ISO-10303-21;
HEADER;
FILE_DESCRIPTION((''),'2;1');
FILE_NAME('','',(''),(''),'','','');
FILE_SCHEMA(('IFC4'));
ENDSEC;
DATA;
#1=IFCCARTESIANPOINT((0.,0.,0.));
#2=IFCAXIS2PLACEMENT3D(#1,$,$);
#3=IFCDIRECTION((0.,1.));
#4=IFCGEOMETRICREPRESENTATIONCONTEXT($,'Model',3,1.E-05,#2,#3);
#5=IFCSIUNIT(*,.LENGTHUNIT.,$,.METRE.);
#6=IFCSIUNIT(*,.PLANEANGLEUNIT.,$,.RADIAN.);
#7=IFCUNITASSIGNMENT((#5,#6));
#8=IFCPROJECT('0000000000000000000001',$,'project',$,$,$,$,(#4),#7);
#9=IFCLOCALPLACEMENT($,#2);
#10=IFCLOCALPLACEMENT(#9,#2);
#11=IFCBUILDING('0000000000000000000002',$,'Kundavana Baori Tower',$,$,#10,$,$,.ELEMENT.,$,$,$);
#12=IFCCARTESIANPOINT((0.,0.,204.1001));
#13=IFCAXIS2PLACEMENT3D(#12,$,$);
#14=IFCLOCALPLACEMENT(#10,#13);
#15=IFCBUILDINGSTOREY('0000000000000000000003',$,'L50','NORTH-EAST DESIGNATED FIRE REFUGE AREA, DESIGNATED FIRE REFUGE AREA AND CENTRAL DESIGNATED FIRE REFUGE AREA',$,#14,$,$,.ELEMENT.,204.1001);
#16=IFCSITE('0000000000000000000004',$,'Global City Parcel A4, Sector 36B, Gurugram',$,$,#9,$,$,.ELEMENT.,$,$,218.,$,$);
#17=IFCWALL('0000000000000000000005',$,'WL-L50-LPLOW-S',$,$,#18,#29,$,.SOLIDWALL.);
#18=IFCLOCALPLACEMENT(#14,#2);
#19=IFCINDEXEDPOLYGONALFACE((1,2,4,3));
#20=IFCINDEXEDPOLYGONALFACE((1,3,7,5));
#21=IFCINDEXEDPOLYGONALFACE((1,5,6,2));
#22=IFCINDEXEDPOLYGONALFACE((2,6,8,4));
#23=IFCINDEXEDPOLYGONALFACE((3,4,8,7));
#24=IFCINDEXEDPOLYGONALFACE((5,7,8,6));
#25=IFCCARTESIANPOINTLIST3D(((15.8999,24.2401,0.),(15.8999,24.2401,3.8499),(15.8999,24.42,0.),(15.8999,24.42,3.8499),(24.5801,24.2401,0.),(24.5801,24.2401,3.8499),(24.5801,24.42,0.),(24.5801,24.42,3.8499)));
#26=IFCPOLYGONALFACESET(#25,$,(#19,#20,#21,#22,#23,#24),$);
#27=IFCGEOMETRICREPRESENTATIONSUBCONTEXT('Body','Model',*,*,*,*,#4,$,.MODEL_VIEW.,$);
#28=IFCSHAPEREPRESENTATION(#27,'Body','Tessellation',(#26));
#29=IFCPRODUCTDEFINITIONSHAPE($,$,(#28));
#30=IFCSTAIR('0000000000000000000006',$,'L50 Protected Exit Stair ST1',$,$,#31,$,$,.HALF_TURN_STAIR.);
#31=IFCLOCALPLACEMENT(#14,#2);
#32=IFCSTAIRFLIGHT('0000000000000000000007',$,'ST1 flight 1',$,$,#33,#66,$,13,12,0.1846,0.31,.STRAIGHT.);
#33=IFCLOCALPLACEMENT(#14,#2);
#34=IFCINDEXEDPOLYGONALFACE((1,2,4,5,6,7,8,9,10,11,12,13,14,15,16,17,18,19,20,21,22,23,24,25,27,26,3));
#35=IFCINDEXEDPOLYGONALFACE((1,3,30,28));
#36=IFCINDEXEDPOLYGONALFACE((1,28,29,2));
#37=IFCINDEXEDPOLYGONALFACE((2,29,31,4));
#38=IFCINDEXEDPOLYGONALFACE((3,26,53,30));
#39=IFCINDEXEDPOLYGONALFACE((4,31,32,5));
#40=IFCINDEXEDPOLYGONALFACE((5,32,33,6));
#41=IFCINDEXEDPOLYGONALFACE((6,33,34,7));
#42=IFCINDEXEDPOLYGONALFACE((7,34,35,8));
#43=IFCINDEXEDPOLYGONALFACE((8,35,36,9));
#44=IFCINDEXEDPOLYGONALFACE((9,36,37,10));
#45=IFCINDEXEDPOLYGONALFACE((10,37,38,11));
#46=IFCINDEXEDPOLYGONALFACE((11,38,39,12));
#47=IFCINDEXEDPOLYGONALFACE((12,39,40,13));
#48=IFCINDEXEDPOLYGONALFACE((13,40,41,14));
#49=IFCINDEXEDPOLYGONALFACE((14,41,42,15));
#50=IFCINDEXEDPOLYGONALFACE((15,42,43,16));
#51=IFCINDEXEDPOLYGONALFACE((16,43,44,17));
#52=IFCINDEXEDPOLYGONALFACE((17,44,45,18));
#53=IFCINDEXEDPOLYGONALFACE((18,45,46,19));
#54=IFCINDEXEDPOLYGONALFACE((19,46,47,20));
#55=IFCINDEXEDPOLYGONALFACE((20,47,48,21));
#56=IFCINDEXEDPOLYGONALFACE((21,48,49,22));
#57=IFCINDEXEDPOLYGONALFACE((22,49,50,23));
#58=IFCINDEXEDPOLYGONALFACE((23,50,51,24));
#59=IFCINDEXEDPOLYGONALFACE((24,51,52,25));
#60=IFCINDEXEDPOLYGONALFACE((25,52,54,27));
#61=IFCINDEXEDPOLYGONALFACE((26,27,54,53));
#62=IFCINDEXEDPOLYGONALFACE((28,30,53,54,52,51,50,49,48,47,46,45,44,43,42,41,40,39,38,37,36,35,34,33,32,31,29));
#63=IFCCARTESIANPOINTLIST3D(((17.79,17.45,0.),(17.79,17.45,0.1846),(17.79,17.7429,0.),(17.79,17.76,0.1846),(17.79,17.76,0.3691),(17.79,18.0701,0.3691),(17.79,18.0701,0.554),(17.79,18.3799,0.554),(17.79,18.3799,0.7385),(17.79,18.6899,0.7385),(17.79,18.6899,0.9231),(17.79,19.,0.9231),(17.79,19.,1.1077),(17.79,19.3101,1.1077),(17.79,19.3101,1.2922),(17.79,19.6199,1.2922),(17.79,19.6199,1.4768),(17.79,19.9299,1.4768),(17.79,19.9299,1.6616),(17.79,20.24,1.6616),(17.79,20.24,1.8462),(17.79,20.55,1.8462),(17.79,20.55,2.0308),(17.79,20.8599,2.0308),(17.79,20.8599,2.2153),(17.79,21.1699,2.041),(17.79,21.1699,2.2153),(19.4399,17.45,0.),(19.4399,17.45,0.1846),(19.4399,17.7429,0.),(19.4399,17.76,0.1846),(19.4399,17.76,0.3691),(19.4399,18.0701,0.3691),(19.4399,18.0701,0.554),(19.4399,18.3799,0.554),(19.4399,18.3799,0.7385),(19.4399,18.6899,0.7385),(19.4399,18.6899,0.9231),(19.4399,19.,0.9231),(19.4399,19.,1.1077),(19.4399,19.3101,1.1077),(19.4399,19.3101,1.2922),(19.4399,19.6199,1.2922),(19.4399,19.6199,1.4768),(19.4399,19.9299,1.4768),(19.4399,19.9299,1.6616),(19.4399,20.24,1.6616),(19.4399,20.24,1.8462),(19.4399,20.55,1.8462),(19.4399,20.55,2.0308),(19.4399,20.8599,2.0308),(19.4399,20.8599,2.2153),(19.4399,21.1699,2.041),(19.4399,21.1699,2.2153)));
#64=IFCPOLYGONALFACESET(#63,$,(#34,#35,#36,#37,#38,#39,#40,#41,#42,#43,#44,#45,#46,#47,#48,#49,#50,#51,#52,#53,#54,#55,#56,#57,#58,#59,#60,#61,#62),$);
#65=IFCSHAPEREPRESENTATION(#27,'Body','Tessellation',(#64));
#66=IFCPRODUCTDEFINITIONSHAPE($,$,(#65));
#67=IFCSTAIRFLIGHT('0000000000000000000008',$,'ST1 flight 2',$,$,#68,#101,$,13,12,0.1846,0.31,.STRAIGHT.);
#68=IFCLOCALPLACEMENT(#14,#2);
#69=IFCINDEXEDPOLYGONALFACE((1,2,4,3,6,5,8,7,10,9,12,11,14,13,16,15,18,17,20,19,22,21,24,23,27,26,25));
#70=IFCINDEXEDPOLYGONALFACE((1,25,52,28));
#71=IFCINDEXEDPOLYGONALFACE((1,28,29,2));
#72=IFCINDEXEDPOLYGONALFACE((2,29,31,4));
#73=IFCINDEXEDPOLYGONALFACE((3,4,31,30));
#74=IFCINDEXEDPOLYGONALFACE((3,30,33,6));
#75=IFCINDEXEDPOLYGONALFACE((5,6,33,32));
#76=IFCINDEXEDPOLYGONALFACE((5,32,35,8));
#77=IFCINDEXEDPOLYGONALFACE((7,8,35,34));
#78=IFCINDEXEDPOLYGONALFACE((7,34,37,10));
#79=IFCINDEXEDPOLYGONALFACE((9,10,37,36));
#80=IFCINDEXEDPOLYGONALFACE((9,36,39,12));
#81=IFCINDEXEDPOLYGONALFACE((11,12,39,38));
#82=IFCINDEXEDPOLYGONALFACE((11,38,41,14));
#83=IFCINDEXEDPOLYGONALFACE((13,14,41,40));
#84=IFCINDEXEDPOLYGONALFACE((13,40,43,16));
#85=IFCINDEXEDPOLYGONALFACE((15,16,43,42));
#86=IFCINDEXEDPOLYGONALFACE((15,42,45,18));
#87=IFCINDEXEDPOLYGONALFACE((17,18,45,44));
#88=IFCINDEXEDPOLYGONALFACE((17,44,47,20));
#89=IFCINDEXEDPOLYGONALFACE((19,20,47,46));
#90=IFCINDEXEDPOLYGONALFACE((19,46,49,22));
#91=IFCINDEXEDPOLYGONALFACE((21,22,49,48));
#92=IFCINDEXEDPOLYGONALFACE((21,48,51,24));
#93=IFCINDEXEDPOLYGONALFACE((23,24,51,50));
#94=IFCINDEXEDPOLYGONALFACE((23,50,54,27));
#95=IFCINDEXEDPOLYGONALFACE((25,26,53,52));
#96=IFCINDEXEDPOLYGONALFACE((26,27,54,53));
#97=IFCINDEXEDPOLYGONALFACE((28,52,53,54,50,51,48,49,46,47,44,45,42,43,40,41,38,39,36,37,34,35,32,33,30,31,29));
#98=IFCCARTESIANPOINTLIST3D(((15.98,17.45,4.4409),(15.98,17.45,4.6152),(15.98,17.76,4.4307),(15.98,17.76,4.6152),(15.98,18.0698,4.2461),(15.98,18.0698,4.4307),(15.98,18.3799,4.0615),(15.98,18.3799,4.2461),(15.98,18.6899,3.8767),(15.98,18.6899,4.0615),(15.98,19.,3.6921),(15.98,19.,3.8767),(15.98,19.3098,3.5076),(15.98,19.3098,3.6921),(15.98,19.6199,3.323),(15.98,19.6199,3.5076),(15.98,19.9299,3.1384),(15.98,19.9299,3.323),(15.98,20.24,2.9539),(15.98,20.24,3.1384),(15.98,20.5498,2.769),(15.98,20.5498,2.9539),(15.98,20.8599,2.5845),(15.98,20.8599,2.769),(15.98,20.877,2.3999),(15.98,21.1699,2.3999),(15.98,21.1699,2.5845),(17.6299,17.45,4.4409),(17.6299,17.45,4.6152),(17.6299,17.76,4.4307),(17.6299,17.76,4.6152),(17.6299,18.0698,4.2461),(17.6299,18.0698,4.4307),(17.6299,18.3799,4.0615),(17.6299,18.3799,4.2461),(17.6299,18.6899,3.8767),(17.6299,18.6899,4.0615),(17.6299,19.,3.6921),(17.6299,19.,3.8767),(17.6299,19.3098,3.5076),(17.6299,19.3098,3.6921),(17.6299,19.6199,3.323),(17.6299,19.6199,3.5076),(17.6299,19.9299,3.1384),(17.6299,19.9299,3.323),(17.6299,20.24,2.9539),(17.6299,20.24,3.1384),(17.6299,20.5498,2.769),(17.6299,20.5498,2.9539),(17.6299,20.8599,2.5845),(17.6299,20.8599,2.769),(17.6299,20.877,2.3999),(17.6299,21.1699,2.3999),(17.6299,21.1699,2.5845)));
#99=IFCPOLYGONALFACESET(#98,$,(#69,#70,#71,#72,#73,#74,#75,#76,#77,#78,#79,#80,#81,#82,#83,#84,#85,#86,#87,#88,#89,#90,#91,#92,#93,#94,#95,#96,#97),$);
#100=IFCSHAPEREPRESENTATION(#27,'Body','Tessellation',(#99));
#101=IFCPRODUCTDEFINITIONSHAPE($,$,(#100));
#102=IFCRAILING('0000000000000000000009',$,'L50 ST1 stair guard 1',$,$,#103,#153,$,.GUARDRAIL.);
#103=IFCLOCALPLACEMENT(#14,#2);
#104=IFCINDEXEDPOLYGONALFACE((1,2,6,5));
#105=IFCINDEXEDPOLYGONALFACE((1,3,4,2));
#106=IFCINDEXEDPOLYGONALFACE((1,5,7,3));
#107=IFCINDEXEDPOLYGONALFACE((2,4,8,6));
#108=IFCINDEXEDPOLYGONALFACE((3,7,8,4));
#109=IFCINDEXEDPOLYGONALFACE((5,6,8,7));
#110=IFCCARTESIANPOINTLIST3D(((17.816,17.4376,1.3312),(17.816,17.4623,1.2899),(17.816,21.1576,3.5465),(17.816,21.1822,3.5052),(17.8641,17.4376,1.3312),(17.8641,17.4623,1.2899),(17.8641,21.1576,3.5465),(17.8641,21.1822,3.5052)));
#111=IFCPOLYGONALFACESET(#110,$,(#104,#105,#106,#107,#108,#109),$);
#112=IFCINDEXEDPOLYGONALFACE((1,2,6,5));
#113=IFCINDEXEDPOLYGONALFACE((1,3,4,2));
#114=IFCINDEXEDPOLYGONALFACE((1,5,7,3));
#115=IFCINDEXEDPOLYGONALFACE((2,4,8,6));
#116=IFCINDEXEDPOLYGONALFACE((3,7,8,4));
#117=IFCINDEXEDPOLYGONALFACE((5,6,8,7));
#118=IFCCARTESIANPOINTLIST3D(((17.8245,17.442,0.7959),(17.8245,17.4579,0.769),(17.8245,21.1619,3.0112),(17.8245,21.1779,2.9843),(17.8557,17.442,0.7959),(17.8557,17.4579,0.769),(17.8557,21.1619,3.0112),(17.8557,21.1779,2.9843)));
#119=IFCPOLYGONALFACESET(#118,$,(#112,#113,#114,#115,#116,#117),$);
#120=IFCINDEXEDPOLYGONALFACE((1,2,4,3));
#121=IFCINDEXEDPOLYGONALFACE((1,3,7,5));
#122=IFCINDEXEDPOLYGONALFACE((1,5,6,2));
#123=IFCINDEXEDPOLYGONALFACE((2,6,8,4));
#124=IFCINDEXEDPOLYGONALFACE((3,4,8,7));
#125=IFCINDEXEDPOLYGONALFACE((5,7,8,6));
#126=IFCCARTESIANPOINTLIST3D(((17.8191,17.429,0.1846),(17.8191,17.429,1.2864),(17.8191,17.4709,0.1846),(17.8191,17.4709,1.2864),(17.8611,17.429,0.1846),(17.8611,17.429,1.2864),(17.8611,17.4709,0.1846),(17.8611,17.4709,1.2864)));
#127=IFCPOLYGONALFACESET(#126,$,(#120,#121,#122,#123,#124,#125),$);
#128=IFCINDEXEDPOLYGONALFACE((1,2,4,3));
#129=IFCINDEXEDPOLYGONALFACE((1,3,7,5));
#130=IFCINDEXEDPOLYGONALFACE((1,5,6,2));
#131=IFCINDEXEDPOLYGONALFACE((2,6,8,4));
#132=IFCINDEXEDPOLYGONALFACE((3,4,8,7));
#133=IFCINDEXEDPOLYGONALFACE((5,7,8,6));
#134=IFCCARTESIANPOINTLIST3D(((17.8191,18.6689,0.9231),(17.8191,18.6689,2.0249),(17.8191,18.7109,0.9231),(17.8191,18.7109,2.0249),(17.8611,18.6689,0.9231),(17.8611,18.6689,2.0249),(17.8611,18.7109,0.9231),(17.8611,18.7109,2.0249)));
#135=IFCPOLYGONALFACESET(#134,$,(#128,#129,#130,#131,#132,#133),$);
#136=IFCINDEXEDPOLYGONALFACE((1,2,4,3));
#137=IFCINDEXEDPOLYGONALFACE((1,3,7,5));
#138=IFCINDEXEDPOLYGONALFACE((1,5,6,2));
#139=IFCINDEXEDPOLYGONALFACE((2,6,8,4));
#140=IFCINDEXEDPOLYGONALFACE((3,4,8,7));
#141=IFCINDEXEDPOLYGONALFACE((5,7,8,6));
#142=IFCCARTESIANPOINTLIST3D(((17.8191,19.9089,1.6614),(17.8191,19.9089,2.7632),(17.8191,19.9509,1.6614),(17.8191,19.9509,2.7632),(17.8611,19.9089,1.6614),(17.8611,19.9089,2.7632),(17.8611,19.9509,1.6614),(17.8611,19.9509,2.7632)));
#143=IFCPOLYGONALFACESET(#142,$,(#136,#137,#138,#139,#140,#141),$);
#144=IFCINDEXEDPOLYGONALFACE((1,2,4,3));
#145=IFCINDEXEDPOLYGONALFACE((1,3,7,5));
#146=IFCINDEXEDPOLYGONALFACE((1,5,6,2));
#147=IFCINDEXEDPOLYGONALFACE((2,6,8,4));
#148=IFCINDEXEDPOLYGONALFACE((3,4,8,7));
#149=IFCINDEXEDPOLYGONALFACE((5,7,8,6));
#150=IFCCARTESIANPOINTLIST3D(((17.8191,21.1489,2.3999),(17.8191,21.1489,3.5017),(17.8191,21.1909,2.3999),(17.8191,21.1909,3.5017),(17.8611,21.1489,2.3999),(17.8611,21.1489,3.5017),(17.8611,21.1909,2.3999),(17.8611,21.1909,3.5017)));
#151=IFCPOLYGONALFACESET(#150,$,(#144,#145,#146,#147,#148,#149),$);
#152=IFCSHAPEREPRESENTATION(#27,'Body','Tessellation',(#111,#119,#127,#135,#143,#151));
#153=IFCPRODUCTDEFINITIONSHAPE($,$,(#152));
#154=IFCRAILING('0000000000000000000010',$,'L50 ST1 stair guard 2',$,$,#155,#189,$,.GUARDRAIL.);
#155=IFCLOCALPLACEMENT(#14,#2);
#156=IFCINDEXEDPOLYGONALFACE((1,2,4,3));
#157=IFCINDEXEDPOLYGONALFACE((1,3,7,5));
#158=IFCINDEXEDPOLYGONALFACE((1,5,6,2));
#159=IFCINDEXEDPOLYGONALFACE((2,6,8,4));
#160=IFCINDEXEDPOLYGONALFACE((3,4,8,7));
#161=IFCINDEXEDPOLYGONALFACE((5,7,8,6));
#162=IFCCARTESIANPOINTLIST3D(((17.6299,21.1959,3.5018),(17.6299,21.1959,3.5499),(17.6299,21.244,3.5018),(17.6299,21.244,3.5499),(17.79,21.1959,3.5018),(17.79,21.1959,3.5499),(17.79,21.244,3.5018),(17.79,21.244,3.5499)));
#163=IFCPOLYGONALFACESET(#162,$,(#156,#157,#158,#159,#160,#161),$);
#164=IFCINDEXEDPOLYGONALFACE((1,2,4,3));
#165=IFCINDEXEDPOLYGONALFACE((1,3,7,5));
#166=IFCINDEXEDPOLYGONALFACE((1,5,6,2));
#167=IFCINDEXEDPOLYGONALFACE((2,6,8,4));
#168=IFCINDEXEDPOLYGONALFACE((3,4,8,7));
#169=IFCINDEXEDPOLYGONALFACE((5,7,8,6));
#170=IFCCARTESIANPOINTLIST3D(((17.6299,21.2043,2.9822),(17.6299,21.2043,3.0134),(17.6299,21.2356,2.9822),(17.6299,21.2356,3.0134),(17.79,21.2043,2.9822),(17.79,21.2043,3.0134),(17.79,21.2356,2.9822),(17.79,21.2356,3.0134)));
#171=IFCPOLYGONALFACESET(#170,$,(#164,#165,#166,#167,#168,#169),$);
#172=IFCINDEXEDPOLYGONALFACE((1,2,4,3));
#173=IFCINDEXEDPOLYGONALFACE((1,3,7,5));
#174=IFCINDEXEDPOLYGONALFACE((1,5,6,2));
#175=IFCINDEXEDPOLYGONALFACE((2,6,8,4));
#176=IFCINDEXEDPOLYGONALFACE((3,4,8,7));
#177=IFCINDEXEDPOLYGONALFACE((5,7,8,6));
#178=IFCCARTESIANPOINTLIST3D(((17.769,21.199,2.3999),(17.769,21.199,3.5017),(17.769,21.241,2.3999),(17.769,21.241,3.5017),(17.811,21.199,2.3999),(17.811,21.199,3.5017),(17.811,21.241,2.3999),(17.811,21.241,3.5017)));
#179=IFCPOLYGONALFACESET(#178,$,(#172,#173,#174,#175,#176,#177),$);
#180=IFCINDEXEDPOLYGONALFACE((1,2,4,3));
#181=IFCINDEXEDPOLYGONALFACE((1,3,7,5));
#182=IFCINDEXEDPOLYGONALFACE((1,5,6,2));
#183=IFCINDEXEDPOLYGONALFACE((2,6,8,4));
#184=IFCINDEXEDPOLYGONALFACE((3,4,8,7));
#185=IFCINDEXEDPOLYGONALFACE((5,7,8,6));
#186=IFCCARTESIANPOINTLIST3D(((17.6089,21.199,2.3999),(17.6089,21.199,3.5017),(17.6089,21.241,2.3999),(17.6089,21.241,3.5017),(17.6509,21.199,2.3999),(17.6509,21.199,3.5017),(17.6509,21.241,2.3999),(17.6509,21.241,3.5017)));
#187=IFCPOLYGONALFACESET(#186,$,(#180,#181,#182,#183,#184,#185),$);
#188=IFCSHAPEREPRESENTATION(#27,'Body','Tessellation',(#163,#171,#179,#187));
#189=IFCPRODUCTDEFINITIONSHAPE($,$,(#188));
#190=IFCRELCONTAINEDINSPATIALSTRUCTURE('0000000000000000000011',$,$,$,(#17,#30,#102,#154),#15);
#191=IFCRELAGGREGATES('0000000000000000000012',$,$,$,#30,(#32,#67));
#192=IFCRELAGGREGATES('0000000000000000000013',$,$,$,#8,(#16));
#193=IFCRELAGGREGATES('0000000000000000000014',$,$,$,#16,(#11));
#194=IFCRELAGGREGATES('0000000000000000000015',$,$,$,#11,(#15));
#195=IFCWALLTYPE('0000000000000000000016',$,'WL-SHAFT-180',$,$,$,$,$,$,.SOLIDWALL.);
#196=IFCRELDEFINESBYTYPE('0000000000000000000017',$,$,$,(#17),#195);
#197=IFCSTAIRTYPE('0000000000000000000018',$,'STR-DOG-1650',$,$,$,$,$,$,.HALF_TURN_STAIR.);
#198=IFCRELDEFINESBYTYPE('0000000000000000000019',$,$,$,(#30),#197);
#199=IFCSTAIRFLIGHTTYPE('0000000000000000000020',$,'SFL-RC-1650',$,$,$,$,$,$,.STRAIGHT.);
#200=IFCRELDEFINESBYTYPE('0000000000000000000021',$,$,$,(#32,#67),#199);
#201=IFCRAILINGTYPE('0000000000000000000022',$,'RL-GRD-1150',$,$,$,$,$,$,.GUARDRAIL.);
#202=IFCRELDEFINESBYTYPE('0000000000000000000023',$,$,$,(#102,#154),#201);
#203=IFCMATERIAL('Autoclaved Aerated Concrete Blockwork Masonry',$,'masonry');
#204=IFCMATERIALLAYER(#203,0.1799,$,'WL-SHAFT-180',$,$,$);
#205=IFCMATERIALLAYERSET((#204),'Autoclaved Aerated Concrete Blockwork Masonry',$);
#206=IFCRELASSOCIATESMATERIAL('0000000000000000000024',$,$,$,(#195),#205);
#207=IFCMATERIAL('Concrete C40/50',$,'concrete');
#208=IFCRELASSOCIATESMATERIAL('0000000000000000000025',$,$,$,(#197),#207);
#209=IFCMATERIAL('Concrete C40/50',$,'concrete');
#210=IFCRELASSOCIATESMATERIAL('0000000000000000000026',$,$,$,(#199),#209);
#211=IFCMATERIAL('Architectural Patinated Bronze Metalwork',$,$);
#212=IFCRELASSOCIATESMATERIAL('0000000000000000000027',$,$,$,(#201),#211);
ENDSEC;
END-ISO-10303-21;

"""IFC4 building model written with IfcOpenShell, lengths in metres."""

from ifc_helpers import new_model, si_unit, direction, frame, frame_2d, origin, origin_2d, place, context, subcontext, project, spatial, polyline, rectangle, outline, extrude, material, layer, layer_set, type_object, element, aggregate, save


model = new_model("IFC4")

# Units and contexts
model_context = context("Model", 3, precision=1e-05, world=origin(), true_north=direction((0.0, 1.0)))
body_context = subcontext(model_context, "Body", "Model", "MODEL_VIEW")
ifc_project = project(units=[si_unit("LENGTHUNIT", "METRE"), si_unit("PLANEANGLEUNIT", "RADIAN")], contexts=[model_context])

# Site, building, storey
site_placement = place(None, origin())
site = spatial("IfcSite", under=ifc_project, at=site_placement, Name="Global City Parcel A4, Sector 36B, Gurugram", CompositionType="ELEMENT", RefElevation=218.0)
building_placement = place(site_placement, origin())
building = spatial("IfcBuilding", under=site, at=building_placement, Name="Kundavana Baori Tower", CompositionType="ELEMENT")
storey_placement = place(building_placement, frame((0.0, 0.0, 204.1001)))
storey = spatial("IfcBuildingStorey", under=building, at=storey_placement, Name="L50", Description="NORTH-EAST DESIGNATED FIRE REFUGE AREA, DESIGNATED FIRE REFUGE AREA AND CENTRAL DESIGNATED FIRE REFUGE AREA", CompositionType="ELEMENT", Elevation=204.1001)

# Shared definitions
ifc_material_1 = material(Name="Autoclaved Aerated Concrete Blockwork Masonry", Category="masonry")
ifc_layer_1 = layer(ifc_material_1, 0.1799, Name="WL-SHAFT-180")
ifc_layer_set_1 = layer_set([ifc_layer_1], Name="Autoclaved Aerated Concrete Blockwork Masonry")
wall_type_1 = type_object("IfcWallType", Name="WL-SHAFT-180", PredefinedType="SOLIDWALL", material=ifc_layer_set_1)

# Wall
wall_1_placement = place(storey_placement, frame((15.8999, 24.3301, 0.0), z_axis=(0.0, 0.0, 1.0), x_axis=(1.0, 0.0, 0.0)))
element("IfcWall", 1, at=wall_1_placement, inside=storey, type_object=wall_type_1, Name="WL-L50-LPLOW-S", PredefinedType="SOLIDWALL", context=body_context, shape_type="SweptSolid", body=[
    extrude(rectangle(XDim=8.6802, YDim=0.1799, at=frame_2d((4.3401, 0.0))), origin(), (0.0, 0.0, 1.0), 3.8499),
])

# Stair, stair flights
ifc_material_2 = material(Name="Concrete C40/50", Category="concrete")
stair_type = type_object("IfcStairType", Name="STR-DOG-1650", PredefinedType="HALF_TURN_STAIR", material=ifc_material_2)
stair_placement = place(storey_placement, origin())
stair = element("IfcStair", 2, at=stair_placement, inside=storey, type_object=stair_type, Name="L50 Protected Exit Stair ST1", PredefinedType="HALF_TURN_STAIR")
ifc_material_3 = material(Name="Concrete C40/50", Category="concrete")
stair_flight_type = type_object("IfcStairFlightType", Name="SFL-RC-1650", PredefinedType="STRAIGHT", material=ifc_material_3)
stair_flight_1_placement = place(storey_placement, frame((18.615, 17.45, 0.0), z_axis=(0.0, 0.0, 1.0), x_axis=(0.0, 1.0, 0.0)))
stair_flight_1 = element("IfcStairFlight", 3, at=stair_flight_1_placement, type_object=stair_flight_type, Name="ST1 flight 1", NumberOfRisers=13, NumberOfTreads=12, PredefinedType="STRAIGHT", RiserHeight=0.1846, TreadLength=0.31, context=body_context, shape_type="SweptSolid", body=[
    extrude(outline(polyline([(0.0, 0.0), (0.0, 0.1846), (0.3101, 0.1846), (0.3101, 0.3691), (0.6201, 0.3691), (0.6201, 0.554), (0.9299, 0.554), (0.9299, 0.7385), (1.24, 0.7385), (1.24, 0.9231), (1.55, 0.9231), (1.55, 1.1077), (1.8601, 1.1077), (1.8601, 1.2922), (2.1699, 1.2922), (2.1699, 1.4768), (2.48, 1.4768), (2.48, 1.6616), (2.79, 1.6616), (2.79, 1.8462), (3.1001, 1.8462), (3.1001, 2.0308), (3.4099, 2.0308), (3.4099, 2.2153), (3.72, 2.2153), (3.72, 2.3999), (3.72, 2.041), (0.293, 0.0), (0.0, 0.0)])), frame((0.0, 0.825, 0.0), z_axis=(0.0, -1.0, 0.0), x_axis=(1.0, 0.0, 0.0)), (0.0, 0.0, 1.0), 1.6499),
])
stair_flight_2_placement = place(storey_placement, frame((16.8049, 21.1699, 2.3999), z_axis=(0.0, 0.0, 1.0), x_axis=(0.0, -1.0, 0.0)))
stair_flight_2 = element("IfcStairFlight", 4, at=stair_flight_2_placement, type_object=stair_flight_type, Name="ST1 flight 2", NumberOfRisers=13, NumberOfTreads=12, PredefinedType="STRAIGHT", RiserHeight=0.1846, TreadLength=0.31, context=body_context, shape_type="SweptSolid", body=[
    extrude(outline(polyline([(0.0, 0.0), (0.0, 0.1846), (0.3101, 0.1846), (0.3101, 0.3691), (0.6201, 0.3691), (0.6201, 0.554), (0.9299, 0.554), (0.9299, 0.7385), (1.24, 0.7385), (1.24, 0.9231), (1.55, 0.9231), (1.55, 1.1077), (1.8601, 1.1077), (1.8601, 1.2922), (2.1699, 1.2922), (2.1699, 1.4768), (2.48, 1.4768), (2.48, 1.6616), (2.79, 1.6616), (2.79, 1.8462), (3.1001, 1.8462), (3.1001, 2.0308), (3.4099, 2.0308), (3.4099, 2.2153), (3.72, 2.2153), (3.72, 2.3999), (3.72, 2.041), (0.293, 0.0), (0.0, 0.0)])), frame((0.0, 0.825, 0.0), z_axis=(0.0, -1.0, 0.0), x_axis=(1.0, 0.0, 0.0)), (0.0, 0.0, 1.0), 1.6499),
])
aggregate(stair, [stair_flight_1, stair_flight_2])

# Railings
ifc_material_4 = material(Name="Architectural Patinated Bronze Metalwork")
railing_type_1 = type_object("IfcRailingType", Name="RL-GRD-1150", PredefinedType="GUARDRAIL", material=ifc_material_4)
railing_1_placement = place(storey_placement, frame((17.8401, 17.45, 0.1846)))
element("IfcRailing", 5, at=railing_1_placement, inside=storey, type_object=railing_type_1, Name="L50 ST1 stair guard 1", PredefinedType="GUARDRAIL", context=body_context, shape_type="SweptSolid", body=[
    extrude(rectangle(XDim=0.0481, YDim=0.0481, at=origin_2d()), frame((0.0, 0.0, 1.126), z_axis=(0.0, 0.859185, 0.511665), x_axis=(-1.0, 0.0, 0.0)), (0.0, 0.0, 1.0), 4.3296),
    extrude(rectangle(XDim=0.0312, YDim=0.0312, at=origin_2d()), frame((0.0, 0.0, 0.5979), z_axis=(0.0, 0.859185, 0.511665), x_axis=(-1.0, 0.0, 0.0)), (0.0, 0.0, 1.0), 4.3296),
    extrude(rectangle(XDim=0.042, YDim=0.042, at=origin_2d()), origin(), (0.0, 0.0, 1.0), 1.1018),
    extrude(rectangle(XDim=0.042, YDim=0.042, at=origin_2d()), frame((0.0, 1.24, 0.7385)), (0.0, 0.0, 1.0), 1.1018),
    extrude(rectangle(XDim=0.042, YDim=0.042, at=origin_2d()), frame((0.0, 2.48, 1.4768)), (0.0, 0.0, 1.0), 1.1018),
    extrude(rectangle(XDim=0.042, YDim=0.042, at=origin_2d()), frame((0.0, 3.72, 2.2153)), (0.0, 0.0, 1.0), 1.1018),
])
railing_2_placement = place(storey_placement, frame((17.79, 21.22, 2.3999)))
element("IfcRailing", 6, at=railing_2_placement, inside=storey, type_object=railing_type_1, Name="L50 ST1 stair guard 2", PredefinedType="GUARDRAIL", context=body_context, shape_type="SweptSolid", body=[
    extrude(rectangle(XDim=0.0481, YDim=0.0481, at=origin_2d()), frame((0.0, 0.0, 1.126), z_axis=(-1.0, 0.0, 0.0), x_axis=(0.0, -1.0, 0.0)), (0.0, 0.0, 1.0), 0.1602),
    extrude(rectangle(XDim=0.0312, YDim=0.0312, at=origin_2d()), frame((0.0, 0.0, 0.5979), z_axis=(-1.0, 0.0, 0.0), x_axis=(0.0, -1.0, 0.0)), (0.0, 0.0, 1.0), 0.1602),
    extrude(rectangle(XDim=0.042, YDim=0.042, at=origin_2d()), origin(), (0.0, 0.0, 1.0), 1.1018),
    extrude(rectangle(XDim=0.042, YDim=0.042, at=origin_2d()), frame((-0.1602, 0.0, 0.0)), (0.0, 0.0, 1.0), 1.1018),
])

save(model, "model.ifc")
